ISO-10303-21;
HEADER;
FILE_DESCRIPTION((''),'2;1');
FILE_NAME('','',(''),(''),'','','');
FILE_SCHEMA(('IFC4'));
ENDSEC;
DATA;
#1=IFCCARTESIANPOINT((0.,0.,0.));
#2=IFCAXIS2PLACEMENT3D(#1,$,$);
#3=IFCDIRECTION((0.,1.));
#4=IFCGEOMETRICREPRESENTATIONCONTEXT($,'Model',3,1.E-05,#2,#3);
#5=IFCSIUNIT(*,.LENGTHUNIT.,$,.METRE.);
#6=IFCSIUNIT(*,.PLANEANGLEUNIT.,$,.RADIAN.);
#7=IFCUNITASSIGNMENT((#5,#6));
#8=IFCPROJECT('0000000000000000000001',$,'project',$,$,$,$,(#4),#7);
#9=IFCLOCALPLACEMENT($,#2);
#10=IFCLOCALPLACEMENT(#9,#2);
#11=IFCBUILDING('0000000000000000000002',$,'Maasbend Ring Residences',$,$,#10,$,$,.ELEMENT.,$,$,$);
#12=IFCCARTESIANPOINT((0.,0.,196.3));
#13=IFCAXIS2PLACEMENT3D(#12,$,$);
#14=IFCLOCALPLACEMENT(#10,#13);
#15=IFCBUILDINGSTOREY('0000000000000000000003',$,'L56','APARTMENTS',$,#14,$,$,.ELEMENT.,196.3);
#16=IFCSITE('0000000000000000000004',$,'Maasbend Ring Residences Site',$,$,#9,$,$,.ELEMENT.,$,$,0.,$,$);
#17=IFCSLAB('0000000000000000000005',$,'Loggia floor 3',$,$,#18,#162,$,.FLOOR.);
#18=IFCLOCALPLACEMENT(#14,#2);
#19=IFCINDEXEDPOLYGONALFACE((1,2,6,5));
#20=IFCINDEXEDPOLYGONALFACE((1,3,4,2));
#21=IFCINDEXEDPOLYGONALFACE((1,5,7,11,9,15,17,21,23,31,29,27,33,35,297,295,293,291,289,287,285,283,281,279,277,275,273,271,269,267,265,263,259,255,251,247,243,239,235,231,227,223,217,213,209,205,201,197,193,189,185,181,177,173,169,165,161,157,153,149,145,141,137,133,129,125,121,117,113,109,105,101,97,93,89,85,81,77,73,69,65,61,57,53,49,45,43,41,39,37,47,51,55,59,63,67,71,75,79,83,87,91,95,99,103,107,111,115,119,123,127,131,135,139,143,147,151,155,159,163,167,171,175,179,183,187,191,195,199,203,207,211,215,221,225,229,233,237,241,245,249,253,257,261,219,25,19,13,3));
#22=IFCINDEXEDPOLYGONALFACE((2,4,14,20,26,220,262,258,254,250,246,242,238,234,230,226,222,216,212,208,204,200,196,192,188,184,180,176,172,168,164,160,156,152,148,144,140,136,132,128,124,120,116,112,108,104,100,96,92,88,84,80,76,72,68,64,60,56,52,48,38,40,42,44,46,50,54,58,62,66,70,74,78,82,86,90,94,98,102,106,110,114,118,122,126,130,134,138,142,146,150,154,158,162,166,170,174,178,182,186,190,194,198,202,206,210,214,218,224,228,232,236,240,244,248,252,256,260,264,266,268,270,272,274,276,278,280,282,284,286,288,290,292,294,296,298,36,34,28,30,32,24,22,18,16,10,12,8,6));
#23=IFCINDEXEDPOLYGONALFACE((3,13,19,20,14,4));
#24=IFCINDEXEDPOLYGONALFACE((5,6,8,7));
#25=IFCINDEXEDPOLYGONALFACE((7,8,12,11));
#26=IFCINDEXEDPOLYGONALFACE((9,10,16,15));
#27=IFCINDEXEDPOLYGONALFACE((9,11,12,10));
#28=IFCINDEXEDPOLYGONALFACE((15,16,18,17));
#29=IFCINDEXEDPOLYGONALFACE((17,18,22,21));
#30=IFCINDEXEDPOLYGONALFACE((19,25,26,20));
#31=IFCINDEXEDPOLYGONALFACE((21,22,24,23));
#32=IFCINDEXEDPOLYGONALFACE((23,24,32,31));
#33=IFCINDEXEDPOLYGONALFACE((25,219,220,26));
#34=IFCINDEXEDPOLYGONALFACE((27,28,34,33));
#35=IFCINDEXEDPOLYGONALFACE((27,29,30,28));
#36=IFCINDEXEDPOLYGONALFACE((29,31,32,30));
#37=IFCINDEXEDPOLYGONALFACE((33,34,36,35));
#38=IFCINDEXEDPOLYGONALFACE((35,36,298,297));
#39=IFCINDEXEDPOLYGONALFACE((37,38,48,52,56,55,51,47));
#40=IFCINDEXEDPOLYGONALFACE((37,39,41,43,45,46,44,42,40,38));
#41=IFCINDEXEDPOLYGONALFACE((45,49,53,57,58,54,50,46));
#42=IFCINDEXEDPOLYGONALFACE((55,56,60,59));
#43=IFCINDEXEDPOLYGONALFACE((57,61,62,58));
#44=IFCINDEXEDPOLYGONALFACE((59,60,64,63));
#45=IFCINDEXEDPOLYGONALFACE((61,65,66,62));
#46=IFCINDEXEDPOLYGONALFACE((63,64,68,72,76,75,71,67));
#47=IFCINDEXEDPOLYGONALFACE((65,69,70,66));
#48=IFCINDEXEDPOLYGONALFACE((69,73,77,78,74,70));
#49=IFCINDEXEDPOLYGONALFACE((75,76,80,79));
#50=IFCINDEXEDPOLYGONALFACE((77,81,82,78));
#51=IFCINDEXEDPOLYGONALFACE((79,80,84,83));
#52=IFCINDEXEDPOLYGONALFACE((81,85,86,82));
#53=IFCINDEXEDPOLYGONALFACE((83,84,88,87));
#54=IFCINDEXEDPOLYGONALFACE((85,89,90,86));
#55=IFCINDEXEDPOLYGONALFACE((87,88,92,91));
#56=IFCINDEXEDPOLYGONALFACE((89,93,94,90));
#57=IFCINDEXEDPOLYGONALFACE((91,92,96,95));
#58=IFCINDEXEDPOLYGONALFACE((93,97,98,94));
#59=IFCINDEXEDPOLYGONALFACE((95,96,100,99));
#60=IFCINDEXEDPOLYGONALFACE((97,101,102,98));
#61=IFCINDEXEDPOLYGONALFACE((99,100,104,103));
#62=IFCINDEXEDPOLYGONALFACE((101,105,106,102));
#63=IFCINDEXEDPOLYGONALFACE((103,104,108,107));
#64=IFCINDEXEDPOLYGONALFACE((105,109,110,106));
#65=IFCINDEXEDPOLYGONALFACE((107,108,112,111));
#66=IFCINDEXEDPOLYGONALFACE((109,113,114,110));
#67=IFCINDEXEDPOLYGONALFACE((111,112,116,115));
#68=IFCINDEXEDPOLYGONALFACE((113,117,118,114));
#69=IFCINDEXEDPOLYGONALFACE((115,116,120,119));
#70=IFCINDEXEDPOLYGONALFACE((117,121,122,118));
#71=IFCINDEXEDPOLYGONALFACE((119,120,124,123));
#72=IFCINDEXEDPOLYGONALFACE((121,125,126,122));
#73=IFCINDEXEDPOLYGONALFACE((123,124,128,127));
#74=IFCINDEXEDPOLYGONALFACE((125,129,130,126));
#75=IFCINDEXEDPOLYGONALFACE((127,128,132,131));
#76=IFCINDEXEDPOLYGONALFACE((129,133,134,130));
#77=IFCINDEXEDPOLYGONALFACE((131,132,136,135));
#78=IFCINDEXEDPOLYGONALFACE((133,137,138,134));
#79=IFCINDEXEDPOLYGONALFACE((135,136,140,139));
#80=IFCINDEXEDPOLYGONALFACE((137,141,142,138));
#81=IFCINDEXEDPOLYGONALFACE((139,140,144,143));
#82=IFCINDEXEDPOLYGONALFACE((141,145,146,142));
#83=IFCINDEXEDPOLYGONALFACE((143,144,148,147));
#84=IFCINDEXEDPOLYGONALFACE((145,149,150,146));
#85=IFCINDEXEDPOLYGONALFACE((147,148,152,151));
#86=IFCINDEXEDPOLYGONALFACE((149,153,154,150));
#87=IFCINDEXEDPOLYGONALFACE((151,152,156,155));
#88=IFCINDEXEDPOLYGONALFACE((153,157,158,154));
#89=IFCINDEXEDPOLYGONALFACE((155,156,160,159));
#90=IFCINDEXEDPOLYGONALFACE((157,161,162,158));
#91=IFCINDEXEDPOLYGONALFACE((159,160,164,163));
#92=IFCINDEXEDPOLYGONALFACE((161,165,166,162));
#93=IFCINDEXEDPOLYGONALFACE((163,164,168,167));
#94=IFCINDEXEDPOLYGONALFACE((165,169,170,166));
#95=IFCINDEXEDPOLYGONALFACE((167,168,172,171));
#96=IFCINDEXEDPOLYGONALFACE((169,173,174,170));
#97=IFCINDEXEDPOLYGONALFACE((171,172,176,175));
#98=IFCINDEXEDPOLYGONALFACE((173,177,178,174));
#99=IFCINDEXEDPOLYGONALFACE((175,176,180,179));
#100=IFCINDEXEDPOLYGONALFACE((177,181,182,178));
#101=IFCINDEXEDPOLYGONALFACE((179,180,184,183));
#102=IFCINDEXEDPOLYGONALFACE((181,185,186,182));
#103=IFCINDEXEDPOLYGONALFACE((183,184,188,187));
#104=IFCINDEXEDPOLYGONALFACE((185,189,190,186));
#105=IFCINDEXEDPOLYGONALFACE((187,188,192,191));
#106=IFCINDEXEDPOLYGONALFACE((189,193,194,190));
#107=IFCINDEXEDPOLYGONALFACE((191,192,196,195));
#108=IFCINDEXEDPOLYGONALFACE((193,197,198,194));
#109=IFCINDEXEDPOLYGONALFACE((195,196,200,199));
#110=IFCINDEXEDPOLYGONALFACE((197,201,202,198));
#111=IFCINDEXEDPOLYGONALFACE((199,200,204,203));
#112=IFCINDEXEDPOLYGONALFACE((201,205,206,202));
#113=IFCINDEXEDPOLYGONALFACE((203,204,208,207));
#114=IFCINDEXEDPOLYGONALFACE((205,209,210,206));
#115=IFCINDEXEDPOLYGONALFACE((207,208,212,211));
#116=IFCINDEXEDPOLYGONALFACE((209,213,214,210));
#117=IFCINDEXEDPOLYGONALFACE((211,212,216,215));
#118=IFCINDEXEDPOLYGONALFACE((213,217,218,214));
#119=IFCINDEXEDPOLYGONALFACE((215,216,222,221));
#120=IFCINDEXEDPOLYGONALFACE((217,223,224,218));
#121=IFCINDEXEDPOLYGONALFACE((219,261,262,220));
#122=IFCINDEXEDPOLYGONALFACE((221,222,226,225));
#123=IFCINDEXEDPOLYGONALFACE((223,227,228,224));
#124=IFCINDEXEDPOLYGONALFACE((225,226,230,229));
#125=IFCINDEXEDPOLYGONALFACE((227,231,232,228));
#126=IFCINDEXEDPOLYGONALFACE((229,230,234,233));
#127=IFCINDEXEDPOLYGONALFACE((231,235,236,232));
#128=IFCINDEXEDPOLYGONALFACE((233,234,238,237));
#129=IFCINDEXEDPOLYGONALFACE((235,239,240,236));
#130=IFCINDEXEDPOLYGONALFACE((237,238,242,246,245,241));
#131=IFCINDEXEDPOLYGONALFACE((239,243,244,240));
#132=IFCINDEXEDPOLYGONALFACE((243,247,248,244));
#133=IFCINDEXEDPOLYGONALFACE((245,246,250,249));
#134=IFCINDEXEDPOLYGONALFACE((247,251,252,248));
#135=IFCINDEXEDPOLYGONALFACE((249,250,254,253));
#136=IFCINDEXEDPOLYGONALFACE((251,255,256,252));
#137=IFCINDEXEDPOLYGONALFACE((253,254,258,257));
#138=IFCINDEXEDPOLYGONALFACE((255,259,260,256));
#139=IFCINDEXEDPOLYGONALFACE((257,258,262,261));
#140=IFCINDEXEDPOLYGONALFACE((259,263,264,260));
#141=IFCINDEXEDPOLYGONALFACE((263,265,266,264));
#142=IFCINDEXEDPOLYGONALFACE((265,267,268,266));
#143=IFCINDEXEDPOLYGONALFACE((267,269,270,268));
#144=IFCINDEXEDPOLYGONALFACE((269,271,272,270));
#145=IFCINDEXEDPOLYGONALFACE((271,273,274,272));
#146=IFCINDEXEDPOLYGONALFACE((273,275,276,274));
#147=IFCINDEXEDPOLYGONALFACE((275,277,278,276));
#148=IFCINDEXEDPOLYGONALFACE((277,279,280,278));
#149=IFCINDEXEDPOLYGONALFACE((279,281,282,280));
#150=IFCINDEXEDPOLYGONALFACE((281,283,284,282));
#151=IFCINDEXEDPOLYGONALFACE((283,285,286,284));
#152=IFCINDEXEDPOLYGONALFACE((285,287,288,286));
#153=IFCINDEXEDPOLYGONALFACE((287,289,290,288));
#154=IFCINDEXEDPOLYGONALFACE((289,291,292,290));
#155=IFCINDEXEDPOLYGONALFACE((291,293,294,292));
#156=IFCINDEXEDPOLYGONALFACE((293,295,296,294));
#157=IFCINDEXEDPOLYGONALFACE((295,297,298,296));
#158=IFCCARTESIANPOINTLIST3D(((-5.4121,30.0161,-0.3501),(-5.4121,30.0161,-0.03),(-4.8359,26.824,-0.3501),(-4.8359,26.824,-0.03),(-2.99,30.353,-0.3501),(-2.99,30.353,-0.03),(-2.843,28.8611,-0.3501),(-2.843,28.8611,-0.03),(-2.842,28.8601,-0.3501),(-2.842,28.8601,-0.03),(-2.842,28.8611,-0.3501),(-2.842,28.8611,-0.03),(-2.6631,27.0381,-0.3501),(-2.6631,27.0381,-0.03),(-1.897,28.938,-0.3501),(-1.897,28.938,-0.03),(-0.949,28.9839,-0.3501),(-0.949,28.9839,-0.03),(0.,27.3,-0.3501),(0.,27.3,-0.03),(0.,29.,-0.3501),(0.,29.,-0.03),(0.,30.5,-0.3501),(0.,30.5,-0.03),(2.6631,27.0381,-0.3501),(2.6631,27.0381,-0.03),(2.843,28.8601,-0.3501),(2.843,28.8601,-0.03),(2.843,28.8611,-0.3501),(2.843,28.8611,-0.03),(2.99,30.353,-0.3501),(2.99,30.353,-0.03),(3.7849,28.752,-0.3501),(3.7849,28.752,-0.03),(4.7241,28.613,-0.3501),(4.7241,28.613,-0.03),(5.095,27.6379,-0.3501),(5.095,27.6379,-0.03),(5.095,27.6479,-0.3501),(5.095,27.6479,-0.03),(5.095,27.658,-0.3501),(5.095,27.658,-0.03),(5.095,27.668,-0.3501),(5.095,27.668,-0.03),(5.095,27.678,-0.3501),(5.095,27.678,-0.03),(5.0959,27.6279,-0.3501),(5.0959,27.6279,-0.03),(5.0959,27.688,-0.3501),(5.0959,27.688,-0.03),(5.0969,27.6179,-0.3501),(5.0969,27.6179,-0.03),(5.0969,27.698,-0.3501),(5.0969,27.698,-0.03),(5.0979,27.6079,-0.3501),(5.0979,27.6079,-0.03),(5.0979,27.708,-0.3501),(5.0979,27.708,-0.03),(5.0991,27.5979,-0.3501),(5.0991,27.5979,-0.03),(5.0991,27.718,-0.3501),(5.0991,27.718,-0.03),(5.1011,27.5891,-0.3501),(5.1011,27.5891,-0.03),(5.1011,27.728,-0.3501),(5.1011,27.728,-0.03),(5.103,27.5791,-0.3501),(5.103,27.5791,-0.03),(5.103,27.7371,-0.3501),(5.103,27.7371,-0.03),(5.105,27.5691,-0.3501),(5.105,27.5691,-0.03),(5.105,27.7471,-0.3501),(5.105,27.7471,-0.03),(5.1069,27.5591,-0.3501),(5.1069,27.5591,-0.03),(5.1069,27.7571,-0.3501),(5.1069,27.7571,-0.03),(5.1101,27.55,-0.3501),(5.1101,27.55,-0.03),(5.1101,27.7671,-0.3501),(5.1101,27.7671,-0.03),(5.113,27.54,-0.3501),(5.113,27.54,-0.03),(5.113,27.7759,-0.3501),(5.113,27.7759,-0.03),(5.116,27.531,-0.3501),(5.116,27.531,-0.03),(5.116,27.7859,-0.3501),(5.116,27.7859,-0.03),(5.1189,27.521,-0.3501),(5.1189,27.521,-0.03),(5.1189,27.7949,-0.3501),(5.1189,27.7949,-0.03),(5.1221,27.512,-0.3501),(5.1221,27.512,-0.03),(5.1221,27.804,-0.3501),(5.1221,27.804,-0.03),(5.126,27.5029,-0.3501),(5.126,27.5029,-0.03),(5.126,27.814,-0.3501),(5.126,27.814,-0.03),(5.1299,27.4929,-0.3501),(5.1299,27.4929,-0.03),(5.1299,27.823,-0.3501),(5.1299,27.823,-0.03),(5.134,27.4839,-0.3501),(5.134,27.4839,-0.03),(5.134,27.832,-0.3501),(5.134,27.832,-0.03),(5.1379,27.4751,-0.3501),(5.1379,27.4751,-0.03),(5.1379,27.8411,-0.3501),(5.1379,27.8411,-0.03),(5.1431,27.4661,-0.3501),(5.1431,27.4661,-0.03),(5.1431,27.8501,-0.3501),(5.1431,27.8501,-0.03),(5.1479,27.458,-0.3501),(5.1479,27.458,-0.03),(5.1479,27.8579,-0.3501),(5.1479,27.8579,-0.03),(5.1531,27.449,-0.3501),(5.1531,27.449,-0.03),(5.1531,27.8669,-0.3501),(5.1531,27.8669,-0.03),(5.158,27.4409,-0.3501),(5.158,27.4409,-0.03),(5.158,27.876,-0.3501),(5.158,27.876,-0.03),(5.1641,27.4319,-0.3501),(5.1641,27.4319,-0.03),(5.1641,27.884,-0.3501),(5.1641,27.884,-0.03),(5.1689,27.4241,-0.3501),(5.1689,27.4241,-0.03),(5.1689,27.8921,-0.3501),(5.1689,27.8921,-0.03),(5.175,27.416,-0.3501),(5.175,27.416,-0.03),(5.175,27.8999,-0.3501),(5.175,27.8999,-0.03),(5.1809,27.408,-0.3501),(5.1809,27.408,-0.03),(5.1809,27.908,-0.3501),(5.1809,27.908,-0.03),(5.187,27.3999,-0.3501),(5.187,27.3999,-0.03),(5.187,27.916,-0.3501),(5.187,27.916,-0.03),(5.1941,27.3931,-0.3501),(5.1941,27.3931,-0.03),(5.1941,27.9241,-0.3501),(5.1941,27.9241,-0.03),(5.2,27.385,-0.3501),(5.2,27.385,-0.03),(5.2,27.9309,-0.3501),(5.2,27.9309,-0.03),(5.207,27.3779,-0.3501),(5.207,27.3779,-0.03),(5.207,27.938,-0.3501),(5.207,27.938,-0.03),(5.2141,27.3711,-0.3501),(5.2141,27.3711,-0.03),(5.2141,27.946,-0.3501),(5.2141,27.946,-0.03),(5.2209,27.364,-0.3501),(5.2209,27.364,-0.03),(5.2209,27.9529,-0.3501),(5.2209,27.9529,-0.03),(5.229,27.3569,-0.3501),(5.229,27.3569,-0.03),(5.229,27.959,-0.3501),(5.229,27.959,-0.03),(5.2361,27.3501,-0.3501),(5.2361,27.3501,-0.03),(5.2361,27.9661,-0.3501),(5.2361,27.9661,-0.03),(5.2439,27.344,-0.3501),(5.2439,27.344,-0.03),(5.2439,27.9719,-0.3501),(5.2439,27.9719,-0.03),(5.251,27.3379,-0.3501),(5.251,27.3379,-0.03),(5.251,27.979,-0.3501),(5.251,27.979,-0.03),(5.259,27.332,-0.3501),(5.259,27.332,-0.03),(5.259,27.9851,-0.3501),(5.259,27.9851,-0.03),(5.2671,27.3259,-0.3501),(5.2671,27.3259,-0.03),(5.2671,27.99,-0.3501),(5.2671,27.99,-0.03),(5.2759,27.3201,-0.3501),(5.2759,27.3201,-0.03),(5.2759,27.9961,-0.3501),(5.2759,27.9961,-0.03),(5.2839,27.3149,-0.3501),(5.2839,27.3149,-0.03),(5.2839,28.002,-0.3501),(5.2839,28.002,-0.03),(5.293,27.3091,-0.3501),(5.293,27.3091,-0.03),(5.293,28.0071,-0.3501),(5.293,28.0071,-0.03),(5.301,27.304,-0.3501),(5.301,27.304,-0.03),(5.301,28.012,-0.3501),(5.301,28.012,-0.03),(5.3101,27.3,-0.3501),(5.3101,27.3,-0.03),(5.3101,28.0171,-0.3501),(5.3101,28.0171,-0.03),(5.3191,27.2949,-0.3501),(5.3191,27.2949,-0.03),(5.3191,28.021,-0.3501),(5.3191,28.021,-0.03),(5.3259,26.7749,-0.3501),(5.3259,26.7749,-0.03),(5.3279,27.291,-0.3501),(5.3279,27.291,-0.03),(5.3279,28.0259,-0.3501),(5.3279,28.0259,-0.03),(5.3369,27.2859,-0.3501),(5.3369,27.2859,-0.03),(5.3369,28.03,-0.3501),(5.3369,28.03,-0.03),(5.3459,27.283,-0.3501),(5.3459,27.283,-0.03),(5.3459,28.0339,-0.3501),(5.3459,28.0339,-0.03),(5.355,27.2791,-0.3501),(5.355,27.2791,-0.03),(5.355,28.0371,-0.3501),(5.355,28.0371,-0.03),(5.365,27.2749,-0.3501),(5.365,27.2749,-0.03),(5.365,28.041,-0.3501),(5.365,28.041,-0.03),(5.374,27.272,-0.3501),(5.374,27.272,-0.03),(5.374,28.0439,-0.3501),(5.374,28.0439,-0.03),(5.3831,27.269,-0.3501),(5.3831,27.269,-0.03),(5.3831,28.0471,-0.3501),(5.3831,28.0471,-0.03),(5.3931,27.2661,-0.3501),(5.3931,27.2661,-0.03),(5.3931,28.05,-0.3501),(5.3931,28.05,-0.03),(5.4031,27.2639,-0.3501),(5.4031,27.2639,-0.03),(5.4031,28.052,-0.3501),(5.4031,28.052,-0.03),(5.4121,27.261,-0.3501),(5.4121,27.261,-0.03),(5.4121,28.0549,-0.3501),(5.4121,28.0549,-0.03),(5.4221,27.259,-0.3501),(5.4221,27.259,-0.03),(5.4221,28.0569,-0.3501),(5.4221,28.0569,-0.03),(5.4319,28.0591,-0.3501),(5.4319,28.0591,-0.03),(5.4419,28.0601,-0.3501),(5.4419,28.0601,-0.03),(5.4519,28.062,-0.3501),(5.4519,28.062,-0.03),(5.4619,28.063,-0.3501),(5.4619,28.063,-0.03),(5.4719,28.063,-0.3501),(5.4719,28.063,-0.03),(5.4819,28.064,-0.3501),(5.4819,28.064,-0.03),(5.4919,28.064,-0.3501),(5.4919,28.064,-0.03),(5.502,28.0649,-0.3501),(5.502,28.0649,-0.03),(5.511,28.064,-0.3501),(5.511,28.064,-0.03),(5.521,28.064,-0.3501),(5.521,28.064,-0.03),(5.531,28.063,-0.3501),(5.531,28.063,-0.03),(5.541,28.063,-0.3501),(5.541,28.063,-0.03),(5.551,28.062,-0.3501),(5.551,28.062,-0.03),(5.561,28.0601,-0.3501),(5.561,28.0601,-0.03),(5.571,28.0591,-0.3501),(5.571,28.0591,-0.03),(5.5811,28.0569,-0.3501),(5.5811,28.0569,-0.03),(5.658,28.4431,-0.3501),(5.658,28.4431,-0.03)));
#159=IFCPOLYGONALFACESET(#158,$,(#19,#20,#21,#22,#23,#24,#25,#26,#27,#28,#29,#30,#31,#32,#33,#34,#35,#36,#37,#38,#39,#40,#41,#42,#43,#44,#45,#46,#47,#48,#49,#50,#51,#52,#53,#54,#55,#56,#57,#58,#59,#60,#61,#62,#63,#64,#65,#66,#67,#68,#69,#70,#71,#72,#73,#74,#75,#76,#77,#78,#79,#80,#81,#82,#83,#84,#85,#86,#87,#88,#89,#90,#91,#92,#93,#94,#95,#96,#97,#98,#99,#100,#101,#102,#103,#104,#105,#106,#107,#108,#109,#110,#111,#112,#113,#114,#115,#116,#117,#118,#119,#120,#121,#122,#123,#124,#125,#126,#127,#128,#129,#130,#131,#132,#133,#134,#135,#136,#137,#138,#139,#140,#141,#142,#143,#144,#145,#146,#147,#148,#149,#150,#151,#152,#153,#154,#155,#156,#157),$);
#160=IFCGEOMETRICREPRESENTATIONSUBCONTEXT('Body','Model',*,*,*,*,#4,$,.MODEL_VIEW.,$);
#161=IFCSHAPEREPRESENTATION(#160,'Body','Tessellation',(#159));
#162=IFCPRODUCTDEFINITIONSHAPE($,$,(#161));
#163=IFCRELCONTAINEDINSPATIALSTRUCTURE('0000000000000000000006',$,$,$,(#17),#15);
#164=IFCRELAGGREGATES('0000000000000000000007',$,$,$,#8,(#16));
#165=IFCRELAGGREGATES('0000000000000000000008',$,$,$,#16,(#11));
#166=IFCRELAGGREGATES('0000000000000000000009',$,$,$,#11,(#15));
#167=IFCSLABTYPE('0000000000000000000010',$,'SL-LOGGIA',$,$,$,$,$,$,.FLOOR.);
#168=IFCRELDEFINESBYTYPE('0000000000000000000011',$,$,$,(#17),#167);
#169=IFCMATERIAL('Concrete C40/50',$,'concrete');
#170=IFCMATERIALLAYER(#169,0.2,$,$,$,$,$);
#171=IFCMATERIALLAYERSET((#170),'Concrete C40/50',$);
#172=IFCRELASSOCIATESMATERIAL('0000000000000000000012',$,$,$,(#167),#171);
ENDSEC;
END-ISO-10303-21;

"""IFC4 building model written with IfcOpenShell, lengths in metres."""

from ifc_helpers import new_model, si_unit, direction, frame, origin, place, context, subcontext, project, spatial, polyline, outline, extrude, material, layer, layer_set, type_object, element, save


model = new_model("IFC4")

# Units and contexts
model_context = context("Model", 3, precision=1e-05, world=origin(), true_north=direction((0.0, 1.0)))
body_context = subcontext(model_context, "Body", "Model", "MODEL_VIEW")
ifc_project = project(units=[si_unit("LENGTHUNIT", "METRE"), si_unit("PLANEANGLEUNIT", "RADIAN")], contexts=[model_context])

# Site, building, storey
site_placement = place(None, origin())
site = spatial("IfcSite", under=ifc_project, at=site_placement, Name="Maasbend Ring Residences Site", CompositionType="ELEMENT", RefElevation=0.0)
building_placement = place(site_placement, origin())
building = spatial("IfcBuilding", under=site, at=building_placement, Name="Maasbend Ring Residences", CompositionType="ELEMENT")
storey_placement = place(building_placement, frame((0.0, 0.0, 196.3)))
storey = spatial("IfcBuildingStorey", under=building, at=storey_placement, Name="L56", Description="APARTMENTS", CompositionType="ELEMENT", Elevation=196.3)

# Slab
ifc_material_1 = material(Name="Concrete C40/50", Category="concrete")
ifc_layer_1 = layer(ifc_material_1, 0.2)
ifc_layer_set_1 = layer_set([ifc_layer_1], Name="Concrete C40/50")
slab_type_1 = type_object("IfcSlabType", Name="SL-LOGGIA", PredefinedType="FLOOR", material=ifc_layer_set_1)
slab_1_placement = place(storey_placement, frame((0.0, 0.0, -0.3501)))
element("IfcSlab", 1, at=slab_1_placement, inside=storey, type_object=slab_type_1, Name="Loggia floor 3", PredefinedType="FLOOR", context=body_context, shape_type="SweptSolid", body=[
    extrude(outline(polyline([(-2.843, 28.8611), (-2.843, 28.8611), (-2.843, 28.8611), (-2.843, 28.8611), (-2.842, 28.8611), (-2.842, 28.8611), (-2.842, 28.8611), (-2.842, 28.8611), (-2.842, 28.8611), (-2.842, 28.8601), (-2.842, 28.8601), (-2.842, 28.8601), (-2.842, 28.8601), (-2.842, 28.8601), (-2.842, 28.8601), (-2.842, 28.8601), (-2.842, 28.8601), (-1.897, 28.938), (-1.897, 28.938), (-0.949, 28.9839), (-0.949, 28.9839), (0.0, 29.0), (0.0, 29.0), (0.0, 29.0), (0.0, 29.0), (0.0, 29.0), (0.0, 29.0), (0.0, 29.0), (0.0, 29.0), (0.0, 29.0), (0.0, 29.0), (0.0, 29.0), (0.0, 29.0), (0.0, 29.0), (0.0, 29.0), (0.0, 29.0), (0.0, 29.0), (0.0, 29.0), (0.0, 30.5), (0.0, 30.5), (0.0, 30.5), (2.99, 30.353), (2.99, 30.353), (2.99, 30.353), (2.843, 28.8611), (2.843, 28.8611), (2.843, 28.8611), (2.843, 28.8611), (2.843, 28.8611), (2.843, 28.8611), (2.843, 28.8611), (2.843, 28.8611), (2.843, 28.8601), (2.843, 28.8601), (2.843, 28.8601), (2.843, 28.8601), (2.843, 28.8601), (2.843, 28.8601), (2.843, 28.8601), (2.843, 28.8601), (2.843, 28.8601), (3.7849, 28.752), (3.7849, 28.752), (4.7241, 28.613), (4.7241, 28.613), (5.658, 28.4431), (5.658, 28.4431), (5.658, 28.4431), (5.5811, 28.0569), (5.5811, 28.0569), (5.571, 28.0591), (5.561, 28.0601), (5.551, 28.062), (5.541, 28.063), (5.531, 28.063), (5.521, 28.064), (5.511, 28.064), (5.502, 28.0649), (5.4919, 28.064), (5.4819, 28.064), (5.4719, 28.063), (5.4619, 28.063), (5.4519, 28.062), (5.4419, 28.0601), (5.4319, 28.0591), (5.4221, 28.0569), (5.4121, 28.0549), (5.4031, 28.052), (5.3931, 28.05), (5.3831, 28.0471), (5.374, 28.0439), (5.365, 28.041), (5.355, 28.0371), (5.3459, 28.0339), (5.3369, 28.03), (5.3279, 28.0259), (5.3191, 28.021), (5.3101, 28.0171), (5.301, 28.012), (5.293, 28.0071), (5.2839, 28.002), (5.2759, 27.9961), (5.2671, 27.99), (5.259, 27.9851), (5.251, 27.979), (5.2439, 27.9719), (5.2361, 27.9661), (5.229, 27.959), (5.2209, 27.9529), (5.2141, 27.946), (5.207, 27.938), (5.2, 27.9309), (5.1941, 27.9241), (5.187, 27.916), (5.1809, 27.908), (5.175, 27.8999), (5.1689, 27.8921), (5.1641, 27.884), (5.158, 27.876), (5.1531, 27.8669), (5.1479, 27.8579), (5.1431, 27.8501), (5.1379, 27.8411), (5.134, 27.832), (5.1299, 27.823), (5.126, 27.814), (5.1221, 27.804), (5.1189, 27.7949), (5.116, 27.7859), (5.113, 27.7759), (5.1101, 27.7671), (5.1069, 27.7571), (5.105, 27.7471), (5.103, 27.7371), (5.1011, 27.728), (5.0991, 27.718), (5.0979, 27.708), (5.0969, 27.698), (5.0959, 27.688), (5.095, 27.678), (5.095, 27.668), (5.095, 27.658), (5.095, 27.6479), (5.095, 27.6379), (5.0959, 27.6279), (5.0969, 27.6179), (5.0979, 27.6079), (5.0991, 27.5979), (5.1011, 27.5891), (5.103, 27.5791), (5.105, 27.5691), (5.1069, 27.5591), (5.1101, 27.55), (5.113, 27.54), (5.116, 27.531), (5.1189, 27.521), (5.1221, 27.512), (5.126, 27.5029), (5.1299, 27.4929), (5.134, 27.4839), (5.1379, 27.4751), (5.1431, 27.4661), (5.1479, 27.458), (5.1531, 27.449), (5.158, 27.4409), (5.1641, 27.4319), (5.1689, 27.4241), (5.175, 27.416), (5.1809, 27.408), (5.187, 27.3999), (5.1941, 27.3931), (5.2, 27.385), (5.207, 27.3779), (5.2141, 27.3711), (5.2209, 27.364), (5.229, 27.3569), (5.2361, 27.3501), (5.2439, 27.344), (5.251, 27.3379), (5.259, 27.332), (5.2671, 27.3259), (5.2759, 27.3201), (5.2839, 27.3149), (5.293, 27.3091), (5.301, 27.304), (5.3101, 27.3), (5.3191, 27.2949), (5.3279, 27.291), (5.3369, 27.2859), (5.3459, 27.283), (5.355, 27.2791), (5.365, 27.2749), (5.374, 27.272), (5.3831, 27.269), (5.3931, 27.2661), (5.4031, 27.2639), (5.4121, 27.261), (5.4221, 27.259), (5.4221, 27.259), (5.3259, 26.7749), (5.3259, 26.7749), (5.3259, 26.7749), (2.6631, 27.0381), (0.0, 27.3), (0.0, 27.3), (0.0, 27.3), (-2.6631, 27.0381), (-4.8359, 26.824), (-4.8359, 26.824), (-4.8359, 26.824), (-5.4121, 30.0161), (-5.4121, 30.0161), (-5.4121, 30.0161), (-2.99, 30.353), (-2.99, 30.353), (-2.99, 30.353), (-2.843, 28.8611)])), origin(), (0.0, 0.0, 1.0), 0.3201),
])

save(model, "model.ifc")
